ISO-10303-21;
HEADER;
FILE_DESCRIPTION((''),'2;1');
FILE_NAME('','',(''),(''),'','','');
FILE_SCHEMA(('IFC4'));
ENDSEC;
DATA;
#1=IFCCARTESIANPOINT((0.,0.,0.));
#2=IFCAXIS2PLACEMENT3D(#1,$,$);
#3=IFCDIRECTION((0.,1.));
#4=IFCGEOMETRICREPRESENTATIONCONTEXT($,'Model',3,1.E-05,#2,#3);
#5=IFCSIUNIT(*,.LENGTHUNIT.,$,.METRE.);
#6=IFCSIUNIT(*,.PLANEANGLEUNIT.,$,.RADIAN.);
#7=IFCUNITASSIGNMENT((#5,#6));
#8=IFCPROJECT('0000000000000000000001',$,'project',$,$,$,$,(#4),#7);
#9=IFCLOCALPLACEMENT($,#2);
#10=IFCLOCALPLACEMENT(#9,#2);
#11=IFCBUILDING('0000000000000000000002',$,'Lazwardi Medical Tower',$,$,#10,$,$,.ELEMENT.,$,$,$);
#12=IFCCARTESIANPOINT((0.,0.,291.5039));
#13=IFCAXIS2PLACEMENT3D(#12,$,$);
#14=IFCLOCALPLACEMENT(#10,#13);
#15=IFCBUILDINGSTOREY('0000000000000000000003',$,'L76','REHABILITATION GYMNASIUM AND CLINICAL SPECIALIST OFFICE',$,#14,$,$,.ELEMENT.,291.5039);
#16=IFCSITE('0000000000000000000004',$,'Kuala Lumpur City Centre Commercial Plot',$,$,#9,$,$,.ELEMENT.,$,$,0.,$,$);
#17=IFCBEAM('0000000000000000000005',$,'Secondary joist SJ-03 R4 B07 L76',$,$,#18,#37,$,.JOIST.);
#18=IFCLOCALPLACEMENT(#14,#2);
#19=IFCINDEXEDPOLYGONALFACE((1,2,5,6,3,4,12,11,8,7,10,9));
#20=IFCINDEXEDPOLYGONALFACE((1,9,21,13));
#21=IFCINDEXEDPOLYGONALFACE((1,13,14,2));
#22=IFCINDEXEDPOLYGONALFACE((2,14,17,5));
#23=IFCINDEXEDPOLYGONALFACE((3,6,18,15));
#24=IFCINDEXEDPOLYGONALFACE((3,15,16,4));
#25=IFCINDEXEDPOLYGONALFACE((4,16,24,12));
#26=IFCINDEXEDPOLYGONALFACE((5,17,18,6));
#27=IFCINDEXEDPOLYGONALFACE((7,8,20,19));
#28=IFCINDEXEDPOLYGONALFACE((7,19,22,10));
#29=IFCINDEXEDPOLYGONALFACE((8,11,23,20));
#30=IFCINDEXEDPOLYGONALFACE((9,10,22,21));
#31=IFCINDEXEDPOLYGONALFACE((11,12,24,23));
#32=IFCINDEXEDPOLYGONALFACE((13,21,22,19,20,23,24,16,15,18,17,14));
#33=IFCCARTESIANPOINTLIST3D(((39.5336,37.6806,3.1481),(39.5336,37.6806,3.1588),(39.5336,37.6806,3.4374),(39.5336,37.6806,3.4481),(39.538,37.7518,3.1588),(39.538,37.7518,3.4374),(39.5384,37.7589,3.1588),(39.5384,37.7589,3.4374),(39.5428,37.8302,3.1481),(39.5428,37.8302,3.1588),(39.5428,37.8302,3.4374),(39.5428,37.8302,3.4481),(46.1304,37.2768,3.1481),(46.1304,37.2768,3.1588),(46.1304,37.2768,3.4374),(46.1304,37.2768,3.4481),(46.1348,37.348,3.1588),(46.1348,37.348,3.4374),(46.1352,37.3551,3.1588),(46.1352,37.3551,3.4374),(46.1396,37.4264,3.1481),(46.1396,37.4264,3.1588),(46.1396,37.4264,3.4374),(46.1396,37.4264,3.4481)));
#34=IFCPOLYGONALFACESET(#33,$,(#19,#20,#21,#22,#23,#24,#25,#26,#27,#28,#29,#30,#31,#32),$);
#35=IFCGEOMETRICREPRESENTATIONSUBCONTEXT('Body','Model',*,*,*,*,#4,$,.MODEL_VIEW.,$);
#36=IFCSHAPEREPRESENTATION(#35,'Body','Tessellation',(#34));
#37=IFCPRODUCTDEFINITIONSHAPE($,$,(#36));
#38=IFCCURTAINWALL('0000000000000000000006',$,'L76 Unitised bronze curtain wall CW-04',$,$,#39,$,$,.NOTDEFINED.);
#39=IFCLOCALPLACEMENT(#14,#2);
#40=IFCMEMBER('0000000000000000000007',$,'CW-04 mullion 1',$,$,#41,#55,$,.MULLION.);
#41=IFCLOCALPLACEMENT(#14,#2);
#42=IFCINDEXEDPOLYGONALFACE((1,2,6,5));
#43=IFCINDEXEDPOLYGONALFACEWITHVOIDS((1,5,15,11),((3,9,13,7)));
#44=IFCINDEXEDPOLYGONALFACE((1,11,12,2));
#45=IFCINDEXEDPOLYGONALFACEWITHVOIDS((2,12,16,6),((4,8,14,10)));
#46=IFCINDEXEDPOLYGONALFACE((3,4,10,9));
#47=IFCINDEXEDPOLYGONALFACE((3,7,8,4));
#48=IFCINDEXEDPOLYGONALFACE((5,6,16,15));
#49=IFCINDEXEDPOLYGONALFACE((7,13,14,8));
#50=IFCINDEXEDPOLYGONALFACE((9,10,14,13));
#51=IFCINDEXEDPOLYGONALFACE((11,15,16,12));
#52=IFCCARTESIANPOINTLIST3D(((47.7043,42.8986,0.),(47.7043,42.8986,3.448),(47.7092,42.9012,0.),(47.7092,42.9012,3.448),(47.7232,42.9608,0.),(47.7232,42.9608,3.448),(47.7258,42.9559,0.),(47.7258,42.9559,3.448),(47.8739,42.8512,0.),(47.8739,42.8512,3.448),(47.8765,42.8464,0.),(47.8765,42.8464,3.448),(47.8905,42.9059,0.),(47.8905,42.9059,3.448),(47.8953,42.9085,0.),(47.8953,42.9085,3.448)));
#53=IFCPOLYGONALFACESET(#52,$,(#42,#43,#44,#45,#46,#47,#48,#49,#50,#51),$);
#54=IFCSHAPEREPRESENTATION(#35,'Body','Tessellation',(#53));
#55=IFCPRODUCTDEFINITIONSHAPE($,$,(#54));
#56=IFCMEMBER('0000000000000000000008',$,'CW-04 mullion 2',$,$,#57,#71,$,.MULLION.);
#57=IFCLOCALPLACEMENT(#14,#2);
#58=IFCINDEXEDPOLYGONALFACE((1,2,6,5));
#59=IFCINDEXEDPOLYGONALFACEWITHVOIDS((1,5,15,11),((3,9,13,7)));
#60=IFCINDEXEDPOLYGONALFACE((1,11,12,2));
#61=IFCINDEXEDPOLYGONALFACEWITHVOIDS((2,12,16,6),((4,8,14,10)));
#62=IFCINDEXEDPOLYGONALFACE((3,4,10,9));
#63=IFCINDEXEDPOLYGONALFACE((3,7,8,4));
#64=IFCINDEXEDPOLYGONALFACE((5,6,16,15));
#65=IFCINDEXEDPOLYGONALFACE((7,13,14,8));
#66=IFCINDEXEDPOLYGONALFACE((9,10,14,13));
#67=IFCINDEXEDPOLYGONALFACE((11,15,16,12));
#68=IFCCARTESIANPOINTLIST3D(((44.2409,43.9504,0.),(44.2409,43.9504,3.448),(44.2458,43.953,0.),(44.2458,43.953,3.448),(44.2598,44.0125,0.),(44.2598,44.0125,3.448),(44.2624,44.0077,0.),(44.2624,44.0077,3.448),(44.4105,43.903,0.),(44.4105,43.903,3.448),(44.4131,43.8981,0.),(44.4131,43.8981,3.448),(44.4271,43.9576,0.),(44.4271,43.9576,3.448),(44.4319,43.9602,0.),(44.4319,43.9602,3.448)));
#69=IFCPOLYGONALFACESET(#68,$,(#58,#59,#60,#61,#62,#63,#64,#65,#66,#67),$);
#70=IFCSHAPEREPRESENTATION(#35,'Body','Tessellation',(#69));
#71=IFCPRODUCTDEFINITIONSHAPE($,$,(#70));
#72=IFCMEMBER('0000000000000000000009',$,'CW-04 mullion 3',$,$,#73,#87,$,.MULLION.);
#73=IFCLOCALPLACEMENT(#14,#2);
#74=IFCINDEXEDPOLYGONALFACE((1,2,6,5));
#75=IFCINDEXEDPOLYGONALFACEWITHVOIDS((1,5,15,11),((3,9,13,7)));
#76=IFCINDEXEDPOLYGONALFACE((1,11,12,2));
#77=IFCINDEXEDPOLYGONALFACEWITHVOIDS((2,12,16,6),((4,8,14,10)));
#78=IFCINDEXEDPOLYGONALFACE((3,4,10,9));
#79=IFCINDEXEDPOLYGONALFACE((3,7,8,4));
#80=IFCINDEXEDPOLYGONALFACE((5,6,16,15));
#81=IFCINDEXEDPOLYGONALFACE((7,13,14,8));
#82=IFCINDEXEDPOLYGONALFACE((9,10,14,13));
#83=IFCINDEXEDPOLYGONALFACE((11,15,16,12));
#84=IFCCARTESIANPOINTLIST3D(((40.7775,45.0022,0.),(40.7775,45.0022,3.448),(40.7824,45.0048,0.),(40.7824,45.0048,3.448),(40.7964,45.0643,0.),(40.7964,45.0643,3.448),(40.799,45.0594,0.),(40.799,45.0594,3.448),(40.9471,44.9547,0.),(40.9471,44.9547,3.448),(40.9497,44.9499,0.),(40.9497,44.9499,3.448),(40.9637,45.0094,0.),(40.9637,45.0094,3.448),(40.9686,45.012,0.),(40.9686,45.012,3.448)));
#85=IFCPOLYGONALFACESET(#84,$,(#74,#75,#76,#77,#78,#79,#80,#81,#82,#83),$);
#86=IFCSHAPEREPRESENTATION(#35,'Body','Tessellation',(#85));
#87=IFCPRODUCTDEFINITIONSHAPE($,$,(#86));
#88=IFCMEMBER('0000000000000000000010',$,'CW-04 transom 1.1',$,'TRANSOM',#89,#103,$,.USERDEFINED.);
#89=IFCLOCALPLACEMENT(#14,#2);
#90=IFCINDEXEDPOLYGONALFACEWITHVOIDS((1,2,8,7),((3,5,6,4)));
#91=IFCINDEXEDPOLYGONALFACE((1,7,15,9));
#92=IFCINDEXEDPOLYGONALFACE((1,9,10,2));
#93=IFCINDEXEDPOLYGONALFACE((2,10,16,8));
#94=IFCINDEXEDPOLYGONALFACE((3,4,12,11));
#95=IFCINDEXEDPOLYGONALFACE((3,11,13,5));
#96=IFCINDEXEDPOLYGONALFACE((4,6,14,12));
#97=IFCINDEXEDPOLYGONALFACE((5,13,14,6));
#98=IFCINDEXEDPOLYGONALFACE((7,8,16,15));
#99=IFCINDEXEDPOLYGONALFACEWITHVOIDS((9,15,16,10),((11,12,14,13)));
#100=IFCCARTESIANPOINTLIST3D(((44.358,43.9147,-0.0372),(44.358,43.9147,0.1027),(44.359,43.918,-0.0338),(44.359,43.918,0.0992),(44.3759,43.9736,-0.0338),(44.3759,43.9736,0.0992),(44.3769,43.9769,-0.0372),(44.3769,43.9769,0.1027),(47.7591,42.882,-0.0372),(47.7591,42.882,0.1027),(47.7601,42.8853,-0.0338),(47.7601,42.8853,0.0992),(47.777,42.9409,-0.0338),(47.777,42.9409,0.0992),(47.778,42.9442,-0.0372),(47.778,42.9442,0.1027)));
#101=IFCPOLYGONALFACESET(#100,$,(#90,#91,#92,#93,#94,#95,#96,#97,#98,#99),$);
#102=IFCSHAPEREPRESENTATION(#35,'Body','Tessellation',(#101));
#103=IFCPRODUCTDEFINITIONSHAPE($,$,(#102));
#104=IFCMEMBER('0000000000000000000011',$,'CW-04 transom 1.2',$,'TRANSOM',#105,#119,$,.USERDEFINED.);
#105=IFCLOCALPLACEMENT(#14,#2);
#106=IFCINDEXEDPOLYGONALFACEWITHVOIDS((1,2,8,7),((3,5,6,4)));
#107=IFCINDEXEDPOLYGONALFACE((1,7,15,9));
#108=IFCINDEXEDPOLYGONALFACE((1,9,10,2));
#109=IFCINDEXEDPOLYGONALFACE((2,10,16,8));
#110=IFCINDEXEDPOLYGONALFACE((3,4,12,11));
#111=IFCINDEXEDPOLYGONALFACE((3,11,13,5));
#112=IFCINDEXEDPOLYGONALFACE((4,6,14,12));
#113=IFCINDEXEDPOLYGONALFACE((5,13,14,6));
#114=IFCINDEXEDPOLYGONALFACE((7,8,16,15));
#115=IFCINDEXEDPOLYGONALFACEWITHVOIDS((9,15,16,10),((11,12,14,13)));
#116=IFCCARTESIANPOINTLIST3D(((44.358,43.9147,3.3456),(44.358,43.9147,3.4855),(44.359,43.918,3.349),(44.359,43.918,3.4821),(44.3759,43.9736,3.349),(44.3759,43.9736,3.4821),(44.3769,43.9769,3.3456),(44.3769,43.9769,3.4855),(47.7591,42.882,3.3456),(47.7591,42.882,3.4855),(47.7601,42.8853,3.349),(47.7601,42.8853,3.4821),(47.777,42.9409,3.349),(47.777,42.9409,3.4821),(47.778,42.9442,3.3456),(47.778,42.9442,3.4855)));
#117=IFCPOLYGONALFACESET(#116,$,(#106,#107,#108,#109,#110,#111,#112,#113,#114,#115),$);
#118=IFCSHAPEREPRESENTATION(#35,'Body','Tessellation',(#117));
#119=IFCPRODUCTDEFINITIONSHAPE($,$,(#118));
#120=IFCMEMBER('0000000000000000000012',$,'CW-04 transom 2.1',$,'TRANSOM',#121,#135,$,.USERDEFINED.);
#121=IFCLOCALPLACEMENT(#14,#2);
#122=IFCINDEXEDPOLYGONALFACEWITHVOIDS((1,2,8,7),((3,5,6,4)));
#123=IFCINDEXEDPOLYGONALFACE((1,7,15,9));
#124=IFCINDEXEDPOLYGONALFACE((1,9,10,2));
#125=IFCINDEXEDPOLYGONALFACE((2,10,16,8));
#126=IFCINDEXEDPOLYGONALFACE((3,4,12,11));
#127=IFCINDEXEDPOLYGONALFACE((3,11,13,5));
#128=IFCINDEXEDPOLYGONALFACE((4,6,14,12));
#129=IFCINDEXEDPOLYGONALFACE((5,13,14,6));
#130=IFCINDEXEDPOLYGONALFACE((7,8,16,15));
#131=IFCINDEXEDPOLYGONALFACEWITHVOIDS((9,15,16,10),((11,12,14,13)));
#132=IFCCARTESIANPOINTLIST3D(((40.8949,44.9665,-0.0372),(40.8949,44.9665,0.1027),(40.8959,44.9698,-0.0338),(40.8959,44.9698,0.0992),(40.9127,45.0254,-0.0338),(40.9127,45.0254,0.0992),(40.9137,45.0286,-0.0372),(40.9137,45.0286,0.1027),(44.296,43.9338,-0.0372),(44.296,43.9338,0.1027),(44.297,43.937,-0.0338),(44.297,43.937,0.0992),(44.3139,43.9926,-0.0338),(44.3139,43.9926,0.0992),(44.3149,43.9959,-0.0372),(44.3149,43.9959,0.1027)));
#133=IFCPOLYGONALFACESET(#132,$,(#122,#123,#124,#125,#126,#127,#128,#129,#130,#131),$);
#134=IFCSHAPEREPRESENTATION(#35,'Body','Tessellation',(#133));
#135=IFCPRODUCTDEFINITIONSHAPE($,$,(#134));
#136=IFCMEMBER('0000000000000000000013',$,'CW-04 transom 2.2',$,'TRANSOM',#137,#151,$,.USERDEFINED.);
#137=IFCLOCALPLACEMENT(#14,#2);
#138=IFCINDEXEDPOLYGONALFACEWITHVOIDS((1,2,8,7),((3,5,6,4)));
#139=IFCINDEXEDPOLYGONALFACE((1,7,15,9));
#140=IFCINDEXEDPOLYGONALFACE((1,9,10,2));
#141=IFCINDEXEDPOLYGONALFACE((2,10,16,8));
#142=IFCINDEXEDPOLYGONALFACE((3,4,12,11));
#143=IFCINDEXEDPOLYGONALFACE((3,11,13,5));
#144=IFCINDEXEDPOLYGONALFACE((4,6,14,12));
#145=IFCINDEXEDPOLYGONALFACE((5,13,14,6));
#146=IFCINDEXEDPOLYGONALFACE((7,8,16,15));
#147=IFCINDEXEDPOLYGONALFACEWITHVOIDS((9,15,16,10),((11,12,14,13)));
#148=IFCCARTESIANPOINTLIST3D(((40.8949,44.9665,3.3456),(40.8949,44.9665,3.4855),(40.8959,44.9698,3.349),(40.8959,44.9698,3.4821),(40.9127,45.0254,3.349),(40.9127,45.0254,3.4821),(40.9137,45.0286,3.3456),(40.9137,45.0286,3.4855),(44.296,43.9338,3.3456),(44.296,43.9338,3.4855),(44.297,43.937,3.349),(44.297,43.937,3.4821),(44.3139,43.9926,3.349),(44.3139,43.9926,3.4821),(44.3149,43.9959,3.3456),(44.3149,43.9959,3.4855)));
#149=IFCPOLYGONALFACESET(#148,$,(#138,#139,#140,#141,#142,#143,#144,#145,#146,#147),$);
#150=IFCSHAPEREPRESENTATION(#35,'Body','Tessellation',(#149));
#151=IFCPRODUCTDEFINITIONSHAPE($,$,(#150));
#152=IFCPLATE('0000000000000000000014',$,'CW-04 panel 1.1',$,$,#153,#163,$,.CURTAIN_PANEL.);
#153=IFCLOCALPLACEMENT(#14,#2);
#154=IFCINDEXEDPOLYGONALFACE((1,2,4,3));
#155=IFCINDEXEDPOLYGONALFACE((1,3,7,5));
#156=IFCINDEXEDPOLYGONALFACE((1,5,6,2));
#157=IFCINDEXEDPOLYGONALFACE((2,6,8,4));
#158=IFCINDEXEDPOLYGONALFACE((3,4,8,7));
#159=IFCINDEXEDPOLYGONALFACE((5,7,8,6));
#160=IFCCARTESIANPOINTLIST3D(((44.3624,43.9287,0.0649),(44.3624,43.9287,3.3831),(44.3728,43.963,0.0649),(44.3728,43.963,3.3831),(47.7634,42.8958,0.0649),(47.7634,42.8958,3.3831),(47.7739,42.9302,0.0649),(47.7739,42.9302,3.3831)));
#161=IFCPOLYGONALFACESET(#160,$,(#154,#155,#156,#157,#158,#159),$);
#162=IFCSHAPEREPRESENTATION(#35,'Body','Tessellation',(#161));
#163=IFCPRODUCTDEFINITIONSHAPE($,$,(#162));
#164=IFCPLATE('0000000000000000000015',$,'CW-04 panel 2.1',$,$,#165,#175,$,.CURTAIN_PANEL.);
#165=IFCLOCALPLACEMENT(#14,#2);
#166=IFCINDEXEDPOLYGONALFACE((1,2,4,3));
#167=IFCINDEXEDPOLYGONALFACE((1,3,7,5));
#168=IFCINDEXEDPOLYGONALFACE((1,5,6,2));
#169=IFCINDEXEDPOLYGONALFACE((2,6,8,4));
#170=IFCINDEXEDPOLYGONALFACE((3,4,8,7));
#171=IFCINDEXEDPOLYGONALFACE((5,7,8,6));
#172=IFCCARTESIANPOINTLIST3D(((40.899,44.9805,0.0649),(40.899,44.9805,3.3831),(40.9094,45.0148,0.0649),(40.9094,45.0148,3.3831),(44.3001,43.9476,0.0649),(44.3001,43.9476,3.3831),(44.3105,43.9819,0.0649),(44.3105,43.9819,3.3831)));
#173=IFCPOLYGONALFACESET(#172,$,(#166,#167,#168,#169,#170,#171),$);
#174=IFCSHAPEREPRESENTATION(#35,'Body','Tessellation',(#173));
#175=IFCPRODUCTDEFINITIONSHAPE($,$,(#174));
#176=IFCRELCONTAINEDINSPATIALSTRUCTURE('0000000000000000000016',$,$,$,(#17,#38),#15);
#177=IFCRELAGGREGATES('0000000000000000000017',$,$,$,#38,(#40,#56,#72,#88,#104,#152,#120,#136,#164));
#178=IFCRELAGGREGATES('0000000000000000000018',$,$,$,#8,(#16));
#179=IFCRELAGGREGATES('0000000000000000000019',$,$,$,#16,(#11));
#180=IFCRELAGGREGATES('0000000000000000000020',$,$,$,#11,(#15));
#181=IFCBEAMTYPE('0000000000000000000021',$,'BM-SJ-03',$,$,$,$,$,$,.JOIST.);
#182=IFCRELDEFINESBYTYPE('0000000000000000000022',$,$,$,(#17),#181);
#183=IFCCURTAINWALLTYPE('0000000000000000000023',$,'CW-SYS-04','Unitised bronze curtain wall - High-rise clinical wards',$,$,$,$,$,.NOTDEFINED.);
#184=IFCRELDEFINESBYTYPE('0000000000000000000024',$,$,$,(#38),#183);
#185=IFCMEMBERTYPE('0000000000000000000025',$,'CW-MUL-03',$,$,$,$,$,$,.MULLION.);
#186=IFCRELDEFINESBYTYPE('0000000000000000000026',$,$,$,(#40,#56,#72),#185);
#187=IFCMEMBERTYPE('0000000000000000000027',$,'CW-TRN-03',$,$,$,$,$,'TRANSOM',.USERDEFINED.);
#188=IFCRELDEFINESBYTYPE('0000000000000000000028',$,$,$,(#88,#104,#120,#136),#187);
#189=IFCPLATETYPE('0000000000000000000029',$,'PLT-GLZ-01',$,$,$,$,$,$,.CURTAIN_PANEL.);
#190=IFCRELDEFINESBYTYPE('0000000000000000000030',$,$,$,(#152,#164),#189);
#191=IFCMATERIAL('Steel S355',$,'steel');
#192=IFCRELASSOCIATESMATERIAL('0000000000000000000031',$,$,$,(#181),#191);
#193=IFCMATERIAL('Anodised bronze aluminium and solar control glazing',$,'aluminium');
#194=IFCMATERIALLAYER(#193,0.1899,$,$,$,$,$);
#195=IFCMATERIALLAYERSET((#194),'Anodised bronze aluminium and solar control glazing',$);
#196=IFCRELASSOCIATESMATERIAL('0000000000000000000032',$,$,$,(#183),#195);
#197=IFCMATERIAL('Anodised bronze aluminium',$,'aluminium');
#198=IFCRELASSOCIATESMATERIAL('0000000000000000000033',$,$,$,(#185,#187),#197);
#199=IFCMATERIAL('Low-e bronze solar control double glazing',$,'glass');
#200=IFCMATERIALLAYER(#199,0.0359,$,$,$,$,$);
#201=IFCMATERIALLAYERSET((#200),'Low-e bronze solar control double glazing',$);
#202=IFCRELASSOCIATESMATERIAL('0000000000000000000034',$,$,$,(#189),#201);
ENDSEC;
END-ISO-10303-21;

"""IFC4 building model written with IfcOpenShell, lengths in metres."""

from ifc_helpers import new_model, si_unit, direction, frame, origin, origin_2d, place, context, subcontext, project, spatial, rectangle, hollow_rectangle, i_section, extrude, material, layer, layer_set, material_profile, profile_set, type_object, element, aggregate, save


model = new_model("IFC4")

# Units and contexts
model_context = context("Model", 3, precision=1e-05, world=origin(), true_north=direction((0.0, 1.0)))
body_context = subcontext(model_context, "Body", "Model", "MODEL_VIEW")
ifc_project = project(units=[si_unit("LENGTHUNIT", "METRE"), si_unit("PLANEANGLEUNIT", "RADIAN")], contexts=[model_context])

# Site, building, storey
site_placement = place(None, origin())
site = spatial("IfcSite", under=ifc_project, at=site_placement, Name="Kuala Lumpur City Centre Commercial Plot", CompositionType="ELEMENT", RefElevation=0.0)
building_placement = place(site_placement, origin())
building = spatial("IfcBuilding", under=site, at=building_placement, Name="Lazwardi Medical Tower", CompositionType="ELEMENT")
storey_placement = place(building_placement, frame((0.0, 0.0, 291.5039)))
storey = spatial("IfcBuildingStorey", under=building, at=storey_placement, Name="L76", Description="REHABILITATION GYMNASIUM AND CLINICAL SPECIALIST OFFICE", CompositionType="ELEMENT", Elevation=291.5039)

# Beam
ifc_material_1 = material(Name="Steel S355", Category="steel")
ifc_material_profile_1 = material_profile(ifc_material_1, i_section(OverallWidth=0.1499, OverallDepth=0.3, WebThickness=0.0071, FlangeThickness=0.0107, at=origin_2d()), Name="IPE 300")
ifc_profile_set_1 = profile_set([ifc_material_profile_1], Name="Steel S355")
beam_type_1 = type_object("IfcBeamType", Name="BM-SJ-03", PredefinedType="JOIST", material=ifc_profile_set_1)
beam_1_placement = place(storey_placement, frame((46.135, 37.3516, 3.2981), z_axis=(-0.998132, 0.0611, 0.0), x_axis=(-0.0611, -0.998132, 0.0)))
element("IfcBeam", 1, at=beam_1_placement, inside=storey, type_object=beam_type_1, Name="Secondary joist SJ-03 R4 B07 L76", PredefinedType="JOIST", context=body_context, shape_type="SweptSolid", body=[
    extrude(i_section(OverallWidth=0.1499, OverallDepth=0.3, WebThickness=0.0071, FlangeThickness=0.0107, at=origin_2d()), origin(), (0.0, 0.0, 1.0), 6.6091),
])

# Curtain wall, members, plates
ifc_material_2 = material(Name="Anodised bronze aluminium and solar control glazing", Category="aluminium")
ifc_layer_1 = layer(ifc_material_2, 0.1899)
ifc_layer_set_1 = layer_set([ifc_layer_1], Name="Anodised bronze aluminium and solar control glazing")
curtain_wall_type = type_object("IfcCurtainWallType", Name="CW-SYS-04", Description="Unitised bronze curtain wall - High-rise clinical wards", PredefinedType="NOTDEFINED", material=ifc_layer_set_1)
curtain_wall_placement = place(storey_placement, origin())
curtain_wall = element("IfcCurtainWall", 2, at=curtain_wall_placement, inside=storey, type_object=curtain_wall_type, Name="L76 Unitised bronze curtain wall CW-04", PredefinedType="NOTDEFINED")
ifc_material_3 = material(Name="Anodised bronze aluminium", Category="aluminium")
ifc_material_profile_2 = material_profile(ifc_material_3, hollow_rectangle(XDim=0.0649, YDim=0.1799, WallThickness=0.0039, at=origin_2d()), Name="ALU-MULLION 180x65x4")
ifc_profile_set_2 = profile_set([ifc_material_profile_2], Name="Anodised bronze aluminium")
member_type_1 = type_object("IfcMemberType", Name="CW-MUL-03", PredefinedType="MULLION", material=ifc_profile_set_2)
member_1_placement = place(storey_placement, frame((47.7998, 42.9036, 0.0), z_axis=(0.0, 0.0, 1.0), x_axis=(-0.290582, -0.95685, 0.0)))
member_1 = element("IfcMember", 3, at=member_1_placement, type_object=member_type_1, Name="CW-04 mullion 1", PredefinedType="MULLION", context=body_context, shape_type="SweptSolid", body=[
    extrude(hollow_rectangle(XDim=0.0649, YDim=0.1799, WallThickness=0.0039, at=origin_2d()), origin(), (0.0, 0.0, 1.0), 3.448),
])
member_2_placement = place(storey_placement, frame((44.3364, 43.9553, 0.0), z_axis=(0.0, 0.0, 1.0), x_axis=(-0.290582, -0.95685, 0.0)))
member_2 = element("IfcMember", 4, at=member_2_placement, type_object=member_type_1, Name="CW-04 mullion 2", PredefinedType="MULLION", context=body_context, shape_type="SweptSolid", body=[
    extrude(hollow_rectangle(XDim=0.0649, YDim=0.1799, WallThickness=0.0039, at=origin_2d()), origin(), (0.0, 0.0, 1.0), 3.448),
])
member_3_placement = place(storey_placement, frame((40.873, 45.0071, 0.0), z_axis=(0.0, 0.0, 1.0), x_axis=(-0.290582, -0.95685, 0.0)))
member_3 = element("IfcMember", 5, at=member_3_placement, type_object=member_type_1, Name="CW-04 mullion 3", PredefinedType="MULLION", context=body_context, shape_type="SweptSolid", body=[
    extrude(hollow_rectangle(XDim=0.0649, YDim=0.1799, WallThickness=0.0039, at=origin_2d()), origin(), (0.0, 0.0, 1.0), 3.448),
])
ifc_material_profile_3 = material_profile(ifc_material_3, hollow_rectangle(XDim=0.0649, YDim=0.1399, WallThickness=0.0034, at=origin_2d()), Name="ALU-TRANSOM 140x65x3.5")
ifc_profile_set_3 = profile_set([ifc_material_profile_3], Name="Anodised bronze aluminium")
member_type_2 = type_object("IfcMemberType", Name="CW-TRN-03", ElementType="TRANSOM", PredefinedType="USERDEFINED", material=ifc_profile_set_3)
member_4_placement = place(storey_placement, frame((47.7686, 42.9131, 0.0327), z_axis=(-0.956863, 0.290541, 0.0), x_axis=(-0.290541, -0.956863, 0.0)))
member_4 = element("IfcMember", 6, at=member_4_placement, type_object=member_type_2, Name="CW-04 transom 1.1", ObjectType="TRANSOM", PredefinedType="USERDEFINED", context=body_context, shape_type="SweptSolid", body=[
    extrude(hollow_rectangle(XDim=0.0649, YDim=0.1399, WallThickness=0.0034, at=origin_2d()), origin(), (0.0, 0.0, 1.0), 3.5544),
])
member_5_placement = place(storey_placement, frame((47.7686, 42.9131, 3.4155), z_axis=(-0.956863, 0.290541, 0.0), x_axis=(-0.290541, -0.956863, 0.0)))
member_5 = element("IfcMember", 7, at=member_5_placement, type_object=member_type_2, Name="CW-04 transom 1.2", ObjectType="TRANSOM", PredefinedType="USERDEFINED", context=body_context, shape_type="SweptSolid", body=[
    extrude(hollow_rectangle(XDim=0.0649, YDim=0.1399, WallThickness=0.0034, at=origin_2d()), origin(), (0.0, 0.0, 1.0), 3.5544),
])
member_6_placement = place(storey_placement, frame((44.3054, 43.9648, 0.0327), z_axis=(-0.956863, 0.290541, 0.0), x_axis=(-0.290541, -0.956863, 0.0)))
member_6 = element("IfcMember", 8, at=member_6_placement, type_object=member_type_2, Name="CW-04 transom 2.1", ObjectType="TRANSOM", PredefinedType="USERDEFINED", context=body_context, shape_type="SweptSolid", body=[
    extrude(hollow_rectangle(XDim=0.0649, YDim=0.1399, WallThickness=0.0034, at=origin_2d()), origin(), (0.0, 0.0, 1.0), 3.5544),
])
member_7_placement = place(storey_placement, frame((44.3054, 43.9648, 3.4155), z_axis=(-0.956863, 0.290541, 0.0), x_axis=(-0.290541, -0.956863, 0.0)))
member_7 = element("IfcMember", 9, at=member_7_placement, type_object=member_type_2, Name="CW-04 transom 2.2", ObjectType="TRANSOM", PredefinedType="USERDEFINED", context=body_context, shape_type="SweptSolid", body=[
    extrude(hollow_rectangle(XDim=0.0649, YDim=0.1399, WallThickness=0.0034, at=origin_2d()), origin(), (0.0, 0.0, 1.0), 3.5544),
])
ifc_material_4 = material(Name="Low-e bronze solar control double glazing", Category="glass")
ifc_layer_2 = layer(ifc_material_4, 0.0359)
ifc_layer_set_2 = layer_set([ifc_layer_2], Name="Low-e bronze solar control double glazing")
plate_type = type_object("IfcPlateType", Name="PLT-GLZ-01", PredefinedType="CURTAIN_PANEL", material=ifc_layer_set_2)
plate_1_placement = place(storey_placement, frame((46.0681, 43.4294, 0.0649), z_axis=(0.0, 0.0, 1.0), x_axis=(-0.95685, 0.290582, 0.0)))
plate_1 = element("IfcPlate", 10, at=plate_1_placement, type_object=plate_type, Name="CW-04 panel 1.1", PredefinedType="CURTAIN_PANEL", context=body_context, shape_type="SweptSolid", body=[
    extrude(rectangle(XDim=3.5544, YDim=0.0359, at=origin_2d()), origin(), (0.0, 0.0, 1.0), 3.3181),
])
plate_2_placement = place(storey_placement, frame((42.6047, 44.4812, 0.0649), z_axis=(0.0, 0.0, 1.0), x_axis=(-0.95685, 0.290582, 0.0)))
plate_2 = element("IfcPlate", 11, at=plate_2_placement, type_object=plate_type, Name="CW-04 panel 2.1", PredefinedType="CURTAIN_PANEL", context=body_context, shape_type="SweptSolid", body=[
    extrude(rectangle(XDim=3.5544, YDim=0.0359, at=origin_2d()), origin(), (0.0, 0.0, 1.0), 3.3181),
])
aggregate(curtain_wall, [member_1, member_2, member_3, member_4, member_5, plate_1, member_6, member_7, plate_2])

save(model, "model.ifc")
